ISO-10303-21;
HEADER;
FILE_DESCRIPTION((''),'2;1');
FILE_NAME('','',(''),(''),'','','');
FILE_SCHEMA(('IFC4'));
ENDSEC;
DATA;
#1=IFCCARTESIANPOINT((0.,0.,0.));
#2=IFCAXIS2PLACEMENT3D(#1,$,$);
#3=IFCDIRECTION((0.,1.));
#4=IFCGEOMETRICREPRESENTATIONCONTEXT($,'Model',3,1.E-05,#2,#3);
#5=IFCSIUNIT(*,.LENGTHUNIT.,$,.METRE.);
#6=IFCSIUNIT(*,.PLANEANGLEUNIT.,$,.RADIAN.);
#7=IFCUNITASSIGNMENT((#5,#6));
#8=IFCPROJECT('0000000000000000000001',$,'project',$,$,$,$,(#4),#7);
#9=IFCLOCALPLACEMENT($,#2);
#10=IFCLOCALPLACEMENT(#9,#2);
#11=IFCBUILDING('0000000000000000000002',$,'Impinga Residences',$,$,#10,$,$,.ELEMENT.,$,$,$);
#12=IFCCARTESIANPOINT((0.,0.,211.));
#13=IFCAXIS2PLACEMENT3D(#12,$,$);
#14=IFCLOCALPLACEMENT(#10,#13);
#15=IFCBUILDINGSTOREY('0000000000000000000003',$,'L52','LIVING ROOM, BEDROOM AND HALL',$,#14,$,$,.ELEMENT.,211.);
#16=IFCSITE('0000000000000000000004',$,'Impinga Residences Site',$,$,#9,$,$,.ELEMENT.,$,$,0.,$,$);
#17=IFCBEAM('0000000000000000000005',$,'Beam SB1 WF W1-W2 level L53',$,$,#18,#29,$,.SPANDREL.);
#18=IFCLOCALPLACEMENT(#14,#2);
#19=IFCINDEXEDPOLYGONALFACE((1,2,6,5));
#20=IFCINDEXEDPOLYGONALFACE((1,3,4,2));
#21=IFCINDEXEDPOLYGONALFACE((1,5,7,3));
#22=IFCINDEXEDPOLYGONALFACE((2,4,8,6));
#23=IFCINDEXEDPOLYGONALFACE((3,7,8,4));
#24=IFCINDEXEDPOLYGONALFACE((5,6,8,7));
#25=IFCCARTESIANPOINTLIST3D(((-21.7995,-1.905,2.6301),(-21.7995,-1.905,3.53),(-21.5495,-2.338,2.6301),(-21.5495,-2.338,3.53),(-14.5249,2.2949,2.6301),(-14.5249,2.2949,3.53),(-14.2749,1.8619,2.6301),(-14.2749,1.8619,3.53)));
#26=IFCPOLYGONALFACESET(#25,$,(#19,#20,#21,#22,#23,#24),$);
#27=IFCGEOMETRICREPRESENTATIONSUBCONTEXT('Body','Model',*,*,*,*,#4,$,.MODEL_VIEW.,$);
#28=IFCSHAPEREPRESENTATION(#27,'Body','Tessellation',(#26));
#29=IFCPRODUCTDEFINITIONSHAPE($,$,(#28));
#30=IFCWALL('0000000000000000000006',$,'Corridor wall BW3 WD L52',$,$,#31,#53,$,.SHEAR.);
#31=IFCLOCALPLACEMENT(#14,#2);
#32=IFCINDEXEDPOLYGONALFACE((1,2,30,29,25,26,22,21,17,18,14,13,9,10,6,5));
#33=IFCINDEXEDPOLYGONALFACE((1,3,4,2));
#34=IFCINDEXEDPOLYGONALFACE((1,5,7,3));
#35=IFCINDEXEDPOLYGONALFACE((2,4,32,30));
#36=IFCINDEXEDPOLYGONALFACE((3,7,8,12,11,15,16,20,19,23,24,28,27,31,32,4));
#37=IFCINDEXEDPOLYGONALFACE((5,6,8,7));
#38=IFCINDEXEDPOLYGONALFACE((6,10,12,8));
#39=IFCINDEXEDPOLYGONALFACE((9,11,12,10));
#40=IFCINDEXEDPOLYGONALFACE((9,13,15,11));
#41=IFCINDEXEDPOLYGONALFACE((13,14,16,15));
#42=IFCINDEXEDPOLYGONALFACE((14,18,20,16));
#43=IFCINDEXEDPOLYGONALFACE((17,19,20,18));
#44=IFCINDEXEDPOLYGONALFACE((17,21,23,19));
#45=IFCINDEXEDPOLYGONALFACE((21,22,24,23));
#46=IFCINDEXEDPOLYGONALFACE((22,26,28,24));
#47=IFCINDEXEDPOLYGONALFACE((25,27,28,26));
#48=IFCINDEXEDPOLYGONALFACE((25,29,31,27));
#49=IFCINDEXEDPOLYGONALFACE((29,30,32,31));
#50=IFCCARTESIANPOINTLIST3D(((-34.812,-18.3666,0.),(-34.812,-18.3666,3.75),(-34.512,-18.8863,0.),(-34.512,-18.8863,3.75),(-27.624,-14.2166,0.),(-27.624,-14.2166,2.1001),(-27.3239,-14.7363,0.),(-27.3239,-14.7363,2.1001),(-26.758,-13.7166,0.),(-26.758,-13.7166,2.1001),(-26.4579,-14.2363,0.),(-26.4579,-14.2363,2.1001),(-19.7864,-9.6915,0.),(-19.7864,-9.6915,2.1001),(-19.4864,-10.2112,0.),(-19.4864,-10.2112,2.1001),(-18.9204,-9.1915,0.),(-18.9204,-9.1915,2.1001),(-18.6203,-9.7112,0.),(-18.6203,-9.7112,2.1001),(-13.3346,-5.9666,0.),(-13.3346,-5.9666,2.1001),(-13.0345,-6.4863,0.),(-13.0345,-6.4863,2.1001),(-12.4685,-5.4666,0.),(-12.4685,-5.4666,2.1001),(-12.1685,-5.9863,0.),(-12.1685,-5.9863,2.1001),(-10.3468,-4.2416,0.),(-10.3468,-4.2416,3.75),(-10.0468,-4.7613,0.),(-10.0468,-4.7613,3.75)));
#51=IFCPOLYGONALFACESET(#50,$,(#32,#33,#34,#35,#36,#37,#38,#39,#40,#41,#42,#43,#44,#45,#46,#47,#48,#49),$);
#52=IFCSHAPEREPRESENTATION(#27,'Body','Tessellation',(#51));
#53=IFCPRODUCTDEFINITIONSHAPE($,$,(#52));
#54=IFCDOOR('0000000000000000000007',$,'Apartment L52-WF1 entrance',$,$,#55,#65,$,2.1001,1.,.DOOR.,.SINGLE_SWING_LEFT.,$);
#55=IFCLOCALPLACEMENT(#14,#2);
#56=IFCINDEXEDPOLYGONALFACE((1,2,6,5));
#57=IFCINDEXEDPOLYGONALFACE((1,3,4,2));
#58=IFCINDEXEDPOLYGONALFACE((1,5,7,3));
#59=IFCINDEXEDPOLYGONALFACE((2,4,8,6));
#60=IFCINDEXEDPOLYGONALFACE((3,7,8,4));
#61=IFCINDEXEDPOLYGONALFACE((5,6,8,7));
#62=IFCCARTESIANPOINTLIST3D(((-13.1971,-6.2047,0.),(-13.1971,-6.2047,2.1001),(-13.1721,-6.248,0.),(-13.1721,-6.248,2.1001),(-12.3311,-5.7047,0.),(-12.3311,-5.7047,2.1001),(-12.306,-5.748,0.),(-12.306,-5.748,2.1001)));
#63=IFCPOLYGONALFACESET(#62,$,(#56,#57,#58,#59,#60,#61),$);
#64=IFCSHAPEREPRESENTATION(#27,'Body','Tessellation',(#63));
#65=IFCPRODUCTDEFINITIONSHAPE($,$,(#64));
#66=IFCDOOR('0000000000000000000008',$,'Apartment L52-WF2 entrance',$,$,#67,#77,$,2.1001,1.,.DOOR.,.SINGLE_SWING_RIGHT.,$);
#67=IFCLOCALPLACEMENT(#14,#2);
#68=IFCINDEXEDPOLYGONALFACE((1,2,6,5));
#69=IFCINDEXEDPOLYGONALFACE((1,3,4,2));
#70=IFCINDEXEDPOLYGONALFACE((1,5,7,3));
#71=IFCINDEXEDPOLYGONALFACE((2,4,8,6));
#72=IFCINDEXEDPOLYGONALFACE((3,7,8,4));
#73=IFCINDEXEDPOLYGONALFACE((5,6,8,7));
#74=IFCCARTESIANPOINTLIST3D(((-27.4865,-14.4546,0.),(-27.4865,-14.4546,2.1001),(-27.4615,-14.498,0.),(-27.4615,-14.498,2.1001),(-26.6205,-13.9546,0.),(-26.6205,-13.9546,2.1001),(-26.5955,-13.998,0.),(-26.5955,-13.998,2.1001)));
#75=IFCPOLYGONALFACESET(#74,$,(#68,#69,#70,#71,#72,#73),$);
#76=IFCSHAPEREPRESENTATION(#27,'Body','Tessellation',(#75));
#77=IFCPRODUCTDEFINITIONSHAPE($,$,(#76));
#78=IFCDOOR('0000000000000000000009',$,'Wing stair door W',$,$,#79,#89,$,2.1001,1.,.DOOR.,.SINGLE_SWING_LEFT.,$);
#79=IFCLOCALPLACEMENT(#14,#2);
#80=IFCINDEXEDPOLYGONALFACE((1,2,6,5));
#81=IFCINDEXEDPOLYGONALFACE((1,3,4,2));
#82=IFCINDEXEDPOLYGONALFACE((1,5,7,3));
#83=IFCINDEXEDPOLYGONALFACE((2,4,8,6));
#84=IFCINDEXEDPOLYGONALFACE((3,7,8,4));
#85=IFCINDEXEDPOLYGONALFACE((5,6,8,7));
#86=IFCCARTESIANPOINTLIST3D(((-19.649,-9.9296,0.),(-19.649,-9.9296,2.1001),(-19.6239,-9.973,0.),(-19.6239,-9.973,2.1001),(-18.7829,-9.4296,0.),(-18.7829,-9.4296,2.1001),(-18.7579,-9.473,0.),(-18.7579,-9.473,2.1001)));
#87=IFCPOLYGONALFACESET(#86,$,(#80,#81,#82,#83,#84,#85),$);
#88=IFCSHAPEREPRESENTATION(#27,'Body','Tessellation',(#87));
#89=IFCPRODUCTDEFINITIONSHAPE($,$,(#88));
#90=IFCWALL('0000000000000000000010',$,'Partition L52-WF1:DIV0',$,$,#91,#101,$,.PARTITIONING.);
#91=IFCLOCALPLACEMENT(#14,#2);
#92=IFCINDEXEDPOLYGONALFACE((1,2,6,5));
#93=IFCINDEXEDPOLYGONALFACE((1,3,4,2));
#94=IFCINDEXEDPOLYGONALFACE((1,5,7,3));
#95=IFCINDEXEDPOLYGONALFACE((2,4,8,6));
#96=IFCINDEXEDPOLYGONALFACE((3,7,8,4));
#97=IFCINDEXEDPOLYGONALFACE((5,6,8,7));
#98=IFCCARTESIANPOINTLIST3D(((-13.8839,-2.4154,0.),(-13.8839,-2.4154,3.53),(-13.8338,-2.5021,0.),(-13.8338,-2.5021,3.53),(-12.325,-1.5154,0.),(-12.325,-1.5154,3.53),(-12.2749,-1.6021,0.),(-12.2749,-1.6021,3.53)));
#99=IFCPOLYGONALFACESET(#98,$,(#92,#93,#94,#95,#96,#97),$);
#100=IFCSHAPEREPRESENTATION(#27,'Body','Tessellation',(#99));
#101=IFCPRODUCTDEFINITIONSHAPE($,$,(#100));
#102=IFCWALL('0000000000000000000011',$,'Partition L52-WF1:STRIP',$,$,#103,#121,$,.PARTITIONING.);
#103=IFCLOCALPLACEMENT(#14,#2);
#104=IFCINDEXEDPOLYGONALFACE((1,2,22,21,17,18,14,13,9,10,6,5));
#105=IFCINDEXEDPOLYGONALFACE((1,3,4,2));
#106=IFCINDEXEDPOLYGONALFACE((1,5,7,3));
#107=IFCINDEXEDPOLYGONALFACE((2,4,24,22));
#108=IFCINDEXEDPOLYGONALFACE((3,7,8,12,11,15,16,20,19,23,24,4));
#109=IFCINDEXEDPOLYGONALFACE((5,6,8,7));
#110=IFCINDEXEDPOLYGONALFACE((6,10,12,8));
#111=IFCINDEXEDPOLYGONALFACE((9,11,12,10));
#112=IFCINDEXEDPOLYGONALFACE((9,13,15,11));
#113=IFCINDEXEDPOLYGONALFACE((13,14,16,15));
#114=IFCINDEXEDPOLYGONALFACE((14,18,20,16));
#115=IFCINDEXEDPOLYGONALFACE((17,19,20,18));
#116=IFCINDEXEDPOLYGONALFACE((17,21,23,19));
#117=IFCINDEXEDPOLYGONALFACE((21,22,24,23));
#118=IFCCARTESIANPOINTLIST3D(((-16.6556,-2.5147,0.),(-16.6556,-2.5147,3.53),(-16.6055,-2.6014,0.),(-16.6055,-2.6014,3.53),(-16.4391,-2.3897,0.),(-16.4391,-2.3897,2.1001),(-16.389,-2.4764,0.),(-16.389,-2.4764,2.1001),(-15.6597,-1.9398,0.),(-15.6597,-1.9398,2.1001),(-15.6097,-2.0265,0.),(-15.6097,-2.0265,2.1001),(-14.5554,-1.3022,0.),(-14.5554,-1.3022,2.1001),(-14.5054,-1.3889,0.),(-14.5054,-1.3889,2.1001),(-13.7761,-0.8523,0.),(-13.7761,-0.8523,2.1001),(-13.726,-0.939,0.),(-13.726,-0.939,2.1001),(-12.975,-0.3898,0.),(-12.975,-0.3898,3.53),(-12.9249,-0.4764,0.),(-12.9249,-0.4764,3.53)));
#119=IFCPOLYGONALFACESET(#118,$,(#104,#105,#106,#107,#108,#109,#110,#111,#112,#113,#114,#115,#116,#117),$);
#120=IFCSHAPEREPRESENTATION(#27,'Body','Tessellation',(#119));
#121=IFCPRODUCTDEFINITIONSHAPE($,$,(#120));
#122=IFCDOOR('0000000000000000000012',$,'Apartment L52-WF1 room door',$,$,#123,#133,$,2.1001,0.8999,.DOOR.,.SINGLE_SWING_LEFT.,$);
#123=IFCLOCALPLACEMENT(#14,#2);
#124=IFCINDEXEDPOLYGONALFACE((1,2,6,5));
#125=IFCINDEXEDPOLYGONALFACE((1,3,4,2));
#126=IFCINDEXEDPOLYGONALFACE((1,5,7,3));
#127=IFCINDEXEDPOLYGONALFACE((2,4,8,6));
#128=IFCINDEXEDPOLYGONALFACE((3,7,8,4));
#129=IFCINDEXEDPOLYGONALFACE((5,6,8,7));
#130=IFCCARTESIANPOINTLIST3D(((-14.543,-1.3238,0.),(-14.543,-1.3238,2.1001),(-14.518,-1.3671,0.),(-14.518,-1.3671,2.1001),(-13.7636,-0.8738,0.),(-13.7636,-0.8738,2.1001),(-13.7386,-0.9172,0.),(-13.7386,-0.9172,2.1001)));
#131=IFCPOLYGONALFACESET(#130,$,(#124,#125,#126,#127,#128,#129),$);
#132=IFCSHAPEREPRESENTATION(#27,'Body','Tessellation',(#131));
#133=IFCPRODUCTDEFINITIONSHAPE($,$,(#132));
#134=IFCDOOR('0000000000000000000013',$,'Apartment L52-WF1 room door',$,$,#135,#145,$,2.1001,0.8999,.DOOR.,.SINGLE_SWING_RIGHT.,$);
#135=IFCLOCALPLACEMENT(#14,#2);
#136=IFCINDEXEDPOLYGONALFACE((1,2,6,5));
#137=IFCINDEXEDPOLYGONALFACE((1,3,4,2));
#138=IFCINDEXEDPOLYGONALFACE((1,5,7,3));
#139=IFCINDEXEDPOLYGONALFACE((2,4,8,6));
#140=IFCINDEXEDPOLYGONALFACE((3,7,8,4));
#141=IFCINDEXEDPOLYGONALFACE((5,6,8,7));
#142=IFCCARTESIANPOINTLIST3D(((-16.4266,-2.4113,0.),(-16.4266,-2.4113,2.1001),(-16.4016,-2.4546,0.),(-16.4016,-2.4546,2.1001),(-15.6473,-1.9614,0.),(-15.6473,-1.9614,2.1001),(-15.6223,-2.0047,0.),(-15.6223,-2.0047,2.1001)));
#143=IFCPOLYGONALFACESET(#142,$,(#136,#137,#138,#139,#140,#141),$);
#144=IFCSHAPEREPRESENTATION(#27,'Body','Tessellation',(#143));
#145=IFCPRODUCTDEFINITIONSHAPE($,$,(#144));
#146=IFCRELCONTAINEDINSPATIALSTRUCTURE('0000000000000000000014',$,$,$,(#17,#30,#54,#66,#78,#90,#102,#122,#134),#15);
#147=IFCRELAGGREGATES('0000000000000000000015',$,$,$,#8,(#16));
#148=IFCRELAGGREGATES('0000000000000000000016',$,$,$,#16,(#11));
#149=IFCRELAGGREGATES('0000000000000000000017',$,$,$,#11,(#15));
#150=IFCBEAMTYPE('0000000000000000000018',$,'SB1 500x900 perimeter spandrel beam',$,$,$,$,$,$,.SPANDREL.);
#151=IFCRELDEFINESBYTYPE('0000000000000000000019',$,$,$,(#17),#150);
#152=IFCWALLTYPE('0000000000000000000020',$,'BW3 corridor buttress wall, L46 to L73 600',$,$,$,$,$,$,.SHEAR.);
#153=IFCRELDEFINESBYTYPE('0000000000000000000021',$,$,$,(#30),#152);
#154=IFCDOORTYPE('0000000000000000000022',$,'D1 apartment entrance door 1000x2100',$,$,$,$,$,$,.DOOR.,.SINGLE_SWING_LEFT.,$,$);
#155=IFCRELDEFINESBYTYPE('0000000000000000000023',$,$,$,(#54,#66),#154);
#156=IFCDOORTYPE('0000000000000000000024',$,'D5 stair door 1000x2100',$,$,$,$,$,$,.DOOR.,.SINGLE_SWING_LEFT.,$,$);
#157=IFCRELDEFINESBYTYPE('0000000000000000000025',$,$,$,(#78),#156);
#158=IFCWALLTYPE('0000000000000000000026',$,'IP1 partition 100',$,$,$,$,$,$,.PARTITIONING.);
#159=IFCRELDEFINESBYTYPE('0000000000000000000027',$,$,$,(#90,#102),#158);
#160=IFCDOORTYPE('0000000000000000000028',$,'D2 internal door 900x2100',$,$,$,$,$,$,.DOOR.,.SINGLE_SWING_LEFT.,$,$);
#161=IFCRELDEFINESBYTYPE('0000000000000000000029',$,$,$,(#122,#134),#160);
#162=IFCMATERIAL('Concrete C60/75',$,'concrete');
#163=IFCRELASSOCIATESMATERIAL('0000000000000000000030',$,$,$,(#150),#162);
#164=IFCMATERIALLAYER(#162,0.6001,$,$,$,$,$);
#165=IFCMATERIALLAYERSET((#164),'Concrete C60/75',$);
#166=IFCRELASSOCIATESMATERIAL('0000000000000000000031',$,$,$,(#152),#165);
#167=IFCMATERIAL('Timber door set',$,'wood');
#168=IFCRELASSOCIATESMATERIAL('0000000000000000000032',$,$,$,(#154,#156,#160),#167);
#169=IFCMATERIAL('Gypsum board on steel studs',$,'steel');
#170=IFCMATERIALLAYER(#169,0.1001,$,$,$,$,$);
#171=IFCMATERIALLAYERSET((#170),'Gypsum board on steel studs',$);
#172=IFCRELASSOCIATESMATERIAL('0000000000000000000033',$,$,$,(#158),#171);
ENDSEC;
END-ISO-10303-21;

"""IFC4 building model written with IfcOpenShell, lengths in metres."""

from ifc_helpers import new_model, si_unit, direction, frame, frame_2d, origin, origin_2d, place, context, subcontext, project, spatial, rectangle, extrude, material, layer, layer_set, material_profile, profile_set, type_object, element, fill, save


model = new_model("IFC4")

# Units and contexts
model_context = context("Model", 3, precision=1e-05, world=origin(), true_north=direction((0.0, 1.0)))
body_context = subcontext(model_context, "Body", "Model", "MODEL_VIEW")
ifc_project = project(units=[si_unit("LENGTHUNIT", "METRE"), si_unit("PLANEANGLEUNIT", "RADIAN")], contexts=[model_context])

# Site, building, storey
site_placement = place(None, origin())
site = spatial("IfcSite", under=ifc_project, at=site_placement, Name="Impinga Residences Site", CompositionType="ELEMENT", RefElevation=0.0)
building_placement = place(site_placement, origin())
building = spatial("IfcBuilding", under=site, at=building_placement, Name="Impinga Residences", CompositionType="ELEMENT")
storey_placement = place(building_placement, frame((0.0, 0.0, 211.0)))
storey = spatial("IfcBuildingStorey", under=building, at=storey_placement, Name="L52", Description="LIVING ROOM, BEDROOM AND HALL", CompositionType="ELEMENT", Elevation=211.0)

# Beam
ifc_material_1 = material(Name="Concrete C60/75", Category="concrete")
ifc_material_profile = material_profile(ifc_material_1, rectangle(XDim=0.5, YDim=0.8999, at=origin_2d()), Name="RC 500x900")
ifc_profile_set = profile_set([ifc_material_profile], Name="Concrete C60/75")
beam_type = type_object("IfcBeamType", Name="SB1 500x900 perimeter spandrel beam", PredefinedType="SPANDREL", material=ifc_profile_set)
beam_placement = place(storey_placement, frame((-14.3999, 2.0784, 3.0801), z_axis=(-0.866029, -0.499993, 0.0), x_axis=(0.499993, -0.866029, 0.0)))
element("IfcBeam", 1, at=beam_placement, inside=storey, type_object=beam_type, Name="Beam SB1 WF W1-W2 level L53", PredefinedType="SPANDREL", context=body_context, shape_type="SweptSolid", body=[
    extrude(rectangle(XDim=0.5, YDim=0.8999, at=origin_2d()), origin(), (0.0, 0.0, 1.0), 8.3999),
])

# Wall, openings, doors
ifc_layer_1 = layer(ifc_material_1, 0.6001)
ifc_layer_set_1 = layer_set([ifc_layer_1], Name="Concrete C60/75")
wall_type_1 = type_object("IfcWallType", Name="BW3 corridor buttress wall, L46 to L73 600", PredefinedType="SHEAR", material=ifc_layer_set_1)
wall_1_placement = place(storey_placement, frame((-10.1968, -4.5015, 0.0), z_axis=(0.0, 0.0, 1.0), x_axis=(-0.866026, -0.499998, 0.0)))
wall_1 = element("IfcWall", 2, at=wall_1_placement, inside=storey, type_object=wall_type_1, Name="Corridor wall BW3 WD L52", PredefinedType="SHEAR", context=body_context, shape_type="SweptSolid", body=[
    extrude(rectangle(XDim=28.25, YDim=0.6001, at=frame_2d((14.125, 0.0))), origin(), (0.0, 0.0, 1.0), 3.75),
])
opening_1_placement = place(wall_1_placement, frame((9.8999, 0.0, 0.0)))
opening_1 = element("IfcOpeningElement", 3, at=opening_1_placement, cuts=wall_1, PredefinedType="OPENING", context=body_context, shape_type="SweptSolid", body=[
    extrude(rectangle(XDim=1.0, YDim=2.1001, at=frame_2d((0.5, 1.05))), frame((0.0, 0.3101, 0.0), z_axis=(0.0, -1.0, 0.0), x_axis=(1.0, 0.0, 0.0)), (0.0, 0.0, 1.0), 0.6201),
])
opening_2_placement = place(wall_1_placement, frame((2.45, 0.0, 0.0)))
opening_2 = element("IfcOpeningElement", 4, at=opening_2_placement, cuts=wall_1, PredefinedType="OPENING", context=body_context, shape_type="SweptSolid", body=[
    extrude(rectangle(XDim=1.0, YDim=2.1001, at=frame_2d((0.5, 1.05))), frame((0.0, 0.3101, 0.0), z_axis=(0.0, -1.0, 0.0), x_axis=(1.0, 0.0, 0.0)), (0.0, 0.0, 1.0), 0.6201),
])
opening_3_placement = place(wall_1_placement, frame((18.95, 0.0, 0.0)))
opening_3 = element("IfcOpeningElement", 5, at=opening_3_placement, cuts=wall_1, PredefinedType="OPENING", context=body_context, shape_type="SweptSolid", body=[
    extrude(rectangle(XDim=1.0, YDim=2.1001, at=frame_2d((0.5, 1.05))), frame((0.0, 0.3101, 0.0), z_axis=(0.0, -1.0, 0.0), x_axis=(1.0, 0.0, 0.0)), (0.0, 0.0, 1.0), 0.6201),
])
ifc_material_2 = material(Name="Timber door set", Category="wood")
door_type_1 = type_object("IfcDoorType", Name="D1 apartment entrance door 1000x2100", OperationType="SINGLE_SWING_LEFT", PredefinedType="DOOR", material=ifc_material_2)
door_1_placement = place(opening_2_placement, origin())
door_1 = element("IfcDoor", 6, at=door_1_placement, inside=storey, type_object=door_type_1, Name="Apartment L52-WF1 entrance", OperationType="SINGLE_SWING_LEFT", OverallHeight=2.1001, OverallWidth=1.0, PredefinedType="DOOR", context=body_context, shape_type="SweptSolid", body=[
    extrude(rectangle(XDim=1.0, YDim=2.1001, at=frame_2d((0.5, 1.05))), frame((0.0, 0.0249, 0.0), z_axis=(0.0, -1.0, 0.0), x_axis=(1.0, 0.0, 0.0)), (0.0, 0.0, 1.0), 0.05),
])
fill(opening_2, door_1)
door_2_placement = place(opening_3_placement, origin())
door_2 = element("IfcDoor", 7, at=door_2_placement, inside=storey, type_object=door_type_1, Name="Apartment L52-WF2 entrance", OperationType="SINGLE_SWING_RIGHT", OverallHeight=2.1001, OverallWidth=1.0, PredefinedType="DOOR", context=body_context, shape_type="SweptSolid", body=[
    extrude(rectangle(XDim=1.0, YDim=2.1001, at=frame_2d((0.5, 1.05))), frame((0.0, 0.0249, 0.0), z_axis=(0.0, -1.0, 0.0), x_axis=(1.0, 0.0, 0.0)), (0.0, 0.0, 1.0), 0.05),
])
fill(opening_3, door_2)
door_type_2 = type_object("IfcDoorType", Name="D5 stair door 1000x2100", OperationType="SINGLE_SWING_LEFT", PredefinedType="DOOR", material=ifc_material_2)
door_3_placement = place(opening_1_placement, origin())
door_3 = element("IfcDoor", 8, at=door_3_placement, inside=storey, type_object=door_type_2, Name="Wing stair door W", OperationType="SINGLE_SWING_LEFT", OverallHeight=2.1001, OverallWidth=1.0, PredefinedType="DOOR", context=body_context, shape_type="SweptSolid", body=[
    extrude(rectangle(XDim=1.0, YDim=2.1001, at=frame_2d((0.5, 1.05))), frame((0.0, 0.0249, 0.0), z_axis=(0.0, -1.0, 0.0), x_axis=(1.0, 0.0, 0.0)), (0.0, 0.0, 1.0), 0.05),
])
fill(opening_1, door_3)

# Wall
ifc_material_3 = material(Name="Gypsum board on steel studs", Category="steel")
ifc_layer_2 = layer(ifc_material_3, 0.1001)
ifc_layer_set_2 = layer_set([ifc_layer_2], Name="Gypsum board on steel studs")
wall_type_2 = type_object("IfcWallType", Name="IP1 partition 100", PredefinedType="PARTITIONING", material=ifc_layer_set_2)
wall_2_placement = place(storey_placement, frame((-12.3, -1.5588, 0.0), z_axis=(0.0, 0.0, 1.0), x_axis=(-0.866048, -0.499961, 0.0)))
element("IfcWall", 9, at=wall_2_placement, inside=storey, type_object=wall_type_2, Name="Partition L52-WF1:DIV0", PredefinedType="PARTITIONING", context=body_context, shape_type="SweptSolid", body=[
    extrude(rectangle(XDim=1.8, YDim=0.1001, at=frame_2d((0.8999, 0.0))), origin(), (0.0, 0.0, 1.0), 3.53),
])

# Wall, openings, doors
wall_3_placement = place(storey_placement, frame((-12.95, -0.4331, 0.0), z_axis=(0.0, 0.0, 1.0), x_axis=(-0.866029, -0.499994, 0.0)))
wall_3 = element("IfcWall", 10, at=wall_3_placement, inside=storey, type_object=wall_type_2, Name="Partition L52-WF1:STRIP", PredefinedType="PARTITIONING", context=body_context, shape_type="SweptSolid", body=[
    extrude(rectangle(XDim=4.25, YDim=0.1001, at=frame_2d((2.125, 0.0))), origin(), (0.0, 0.0, 1.0), 3.53),
])
opening_4_placement = place(wall_3_placement, frame((0.925, 0.0, 0.0)))
opening_4 = element("IfcOpeningElement", 11, at=opening_4_placement, cuts=wall_3, PredefinedType="OPENING", context=body_context, shape_type="SweptSolid", body=[
    extrude(rectangle(XDim=0.8999, YDim=2.1001, at=frame_2d((0.45, 1.05))), frame((0.0, 0.0601, 0.0), z_axis=(0.0, -1.0, 0.0), x_axis=(1.0, 0.0, 0.0)), (0.0, 0.0, 1.0), 0.1201),
])
opening_5_placement = place(wall_3_placement, frame((3.1001, 0.0, 0.0)))
opening_5 = element("IfcOpeningElement", 12, at=opening_5_placement, cuts=wall_3, PredefinedType="OPENING", context=body_context, shape_type="SweptSolid", body=[
    extrude(rectangle(XDim=0.8999, YDim=2.1001, at=frame_2d((0.45, 1.05))), frame((0.0, 0.0601, 0.0), z_axis=(0.0, -1.0, 0.0), x_axis=(1.0, 0.0, 0.0)), (0.0, 0.0, 1.0), 0.1201),
])
door_type_3 = type_object("IfcDoorType", Name="D2 internal door 900x2100", OperationType="SINGLE_SWING_LEFT", PredefinedType="DOOR", material=ifc_material_2)
door_4_placement = place(opening_4_placement, origin())
door_4 = element("IfcDoor", 13, at=door_4_placement, inside=storey, type_object=door_type_3, Name="Apartment L52-WF1 room door", OperationType="SINGLE_SWING_LEFT", OverallHeight=2.1001, OverallWidth=0.8999, PredefinedType="DOOR", context=body_context, shape_type="SweptSolid", body=[
    extrude(rectangle(XDim=0.8999, YDim=2.1001, at=frame_2d((0.45, 1.05))), frame((0.0, 0.0249, 0.0), z_axis=(0.0, -1.0, 0.0), x_axis=(1.0, 0.0, 0.0)), (0.0, 0.0, 1.0), 0.05),
])
fill(opening_4, door_4)
door_5_placement = place(opening_5_placement, origin())
door_5 = element("IfcDoor", 14, at=door_5_placement, inside=storey, type_object=door_type_3, Name="Apartment L52-WF1 room door", OperationType="SINGLE_SWING_RIGHT", OverallHeight=2.1001, OverallWidth=0.8999, PredefinedType="DOOR", context=body_context, shape_type="SweptSolid", body=[
    extrude(rectangle(XDim=0.8999, YDim=2.1001, at=frame_2d((0.45, 1.05))), frame((0.0, 0.0249, 0.0), z_axis=(0.0, -1.0, 0.0), x_axis=(1.0, 0.0, 0.0)), (0.0, 0.0, 1.0), 0.05),
])
fill(opening_5, door_5)

save(model, "model.ifc")
